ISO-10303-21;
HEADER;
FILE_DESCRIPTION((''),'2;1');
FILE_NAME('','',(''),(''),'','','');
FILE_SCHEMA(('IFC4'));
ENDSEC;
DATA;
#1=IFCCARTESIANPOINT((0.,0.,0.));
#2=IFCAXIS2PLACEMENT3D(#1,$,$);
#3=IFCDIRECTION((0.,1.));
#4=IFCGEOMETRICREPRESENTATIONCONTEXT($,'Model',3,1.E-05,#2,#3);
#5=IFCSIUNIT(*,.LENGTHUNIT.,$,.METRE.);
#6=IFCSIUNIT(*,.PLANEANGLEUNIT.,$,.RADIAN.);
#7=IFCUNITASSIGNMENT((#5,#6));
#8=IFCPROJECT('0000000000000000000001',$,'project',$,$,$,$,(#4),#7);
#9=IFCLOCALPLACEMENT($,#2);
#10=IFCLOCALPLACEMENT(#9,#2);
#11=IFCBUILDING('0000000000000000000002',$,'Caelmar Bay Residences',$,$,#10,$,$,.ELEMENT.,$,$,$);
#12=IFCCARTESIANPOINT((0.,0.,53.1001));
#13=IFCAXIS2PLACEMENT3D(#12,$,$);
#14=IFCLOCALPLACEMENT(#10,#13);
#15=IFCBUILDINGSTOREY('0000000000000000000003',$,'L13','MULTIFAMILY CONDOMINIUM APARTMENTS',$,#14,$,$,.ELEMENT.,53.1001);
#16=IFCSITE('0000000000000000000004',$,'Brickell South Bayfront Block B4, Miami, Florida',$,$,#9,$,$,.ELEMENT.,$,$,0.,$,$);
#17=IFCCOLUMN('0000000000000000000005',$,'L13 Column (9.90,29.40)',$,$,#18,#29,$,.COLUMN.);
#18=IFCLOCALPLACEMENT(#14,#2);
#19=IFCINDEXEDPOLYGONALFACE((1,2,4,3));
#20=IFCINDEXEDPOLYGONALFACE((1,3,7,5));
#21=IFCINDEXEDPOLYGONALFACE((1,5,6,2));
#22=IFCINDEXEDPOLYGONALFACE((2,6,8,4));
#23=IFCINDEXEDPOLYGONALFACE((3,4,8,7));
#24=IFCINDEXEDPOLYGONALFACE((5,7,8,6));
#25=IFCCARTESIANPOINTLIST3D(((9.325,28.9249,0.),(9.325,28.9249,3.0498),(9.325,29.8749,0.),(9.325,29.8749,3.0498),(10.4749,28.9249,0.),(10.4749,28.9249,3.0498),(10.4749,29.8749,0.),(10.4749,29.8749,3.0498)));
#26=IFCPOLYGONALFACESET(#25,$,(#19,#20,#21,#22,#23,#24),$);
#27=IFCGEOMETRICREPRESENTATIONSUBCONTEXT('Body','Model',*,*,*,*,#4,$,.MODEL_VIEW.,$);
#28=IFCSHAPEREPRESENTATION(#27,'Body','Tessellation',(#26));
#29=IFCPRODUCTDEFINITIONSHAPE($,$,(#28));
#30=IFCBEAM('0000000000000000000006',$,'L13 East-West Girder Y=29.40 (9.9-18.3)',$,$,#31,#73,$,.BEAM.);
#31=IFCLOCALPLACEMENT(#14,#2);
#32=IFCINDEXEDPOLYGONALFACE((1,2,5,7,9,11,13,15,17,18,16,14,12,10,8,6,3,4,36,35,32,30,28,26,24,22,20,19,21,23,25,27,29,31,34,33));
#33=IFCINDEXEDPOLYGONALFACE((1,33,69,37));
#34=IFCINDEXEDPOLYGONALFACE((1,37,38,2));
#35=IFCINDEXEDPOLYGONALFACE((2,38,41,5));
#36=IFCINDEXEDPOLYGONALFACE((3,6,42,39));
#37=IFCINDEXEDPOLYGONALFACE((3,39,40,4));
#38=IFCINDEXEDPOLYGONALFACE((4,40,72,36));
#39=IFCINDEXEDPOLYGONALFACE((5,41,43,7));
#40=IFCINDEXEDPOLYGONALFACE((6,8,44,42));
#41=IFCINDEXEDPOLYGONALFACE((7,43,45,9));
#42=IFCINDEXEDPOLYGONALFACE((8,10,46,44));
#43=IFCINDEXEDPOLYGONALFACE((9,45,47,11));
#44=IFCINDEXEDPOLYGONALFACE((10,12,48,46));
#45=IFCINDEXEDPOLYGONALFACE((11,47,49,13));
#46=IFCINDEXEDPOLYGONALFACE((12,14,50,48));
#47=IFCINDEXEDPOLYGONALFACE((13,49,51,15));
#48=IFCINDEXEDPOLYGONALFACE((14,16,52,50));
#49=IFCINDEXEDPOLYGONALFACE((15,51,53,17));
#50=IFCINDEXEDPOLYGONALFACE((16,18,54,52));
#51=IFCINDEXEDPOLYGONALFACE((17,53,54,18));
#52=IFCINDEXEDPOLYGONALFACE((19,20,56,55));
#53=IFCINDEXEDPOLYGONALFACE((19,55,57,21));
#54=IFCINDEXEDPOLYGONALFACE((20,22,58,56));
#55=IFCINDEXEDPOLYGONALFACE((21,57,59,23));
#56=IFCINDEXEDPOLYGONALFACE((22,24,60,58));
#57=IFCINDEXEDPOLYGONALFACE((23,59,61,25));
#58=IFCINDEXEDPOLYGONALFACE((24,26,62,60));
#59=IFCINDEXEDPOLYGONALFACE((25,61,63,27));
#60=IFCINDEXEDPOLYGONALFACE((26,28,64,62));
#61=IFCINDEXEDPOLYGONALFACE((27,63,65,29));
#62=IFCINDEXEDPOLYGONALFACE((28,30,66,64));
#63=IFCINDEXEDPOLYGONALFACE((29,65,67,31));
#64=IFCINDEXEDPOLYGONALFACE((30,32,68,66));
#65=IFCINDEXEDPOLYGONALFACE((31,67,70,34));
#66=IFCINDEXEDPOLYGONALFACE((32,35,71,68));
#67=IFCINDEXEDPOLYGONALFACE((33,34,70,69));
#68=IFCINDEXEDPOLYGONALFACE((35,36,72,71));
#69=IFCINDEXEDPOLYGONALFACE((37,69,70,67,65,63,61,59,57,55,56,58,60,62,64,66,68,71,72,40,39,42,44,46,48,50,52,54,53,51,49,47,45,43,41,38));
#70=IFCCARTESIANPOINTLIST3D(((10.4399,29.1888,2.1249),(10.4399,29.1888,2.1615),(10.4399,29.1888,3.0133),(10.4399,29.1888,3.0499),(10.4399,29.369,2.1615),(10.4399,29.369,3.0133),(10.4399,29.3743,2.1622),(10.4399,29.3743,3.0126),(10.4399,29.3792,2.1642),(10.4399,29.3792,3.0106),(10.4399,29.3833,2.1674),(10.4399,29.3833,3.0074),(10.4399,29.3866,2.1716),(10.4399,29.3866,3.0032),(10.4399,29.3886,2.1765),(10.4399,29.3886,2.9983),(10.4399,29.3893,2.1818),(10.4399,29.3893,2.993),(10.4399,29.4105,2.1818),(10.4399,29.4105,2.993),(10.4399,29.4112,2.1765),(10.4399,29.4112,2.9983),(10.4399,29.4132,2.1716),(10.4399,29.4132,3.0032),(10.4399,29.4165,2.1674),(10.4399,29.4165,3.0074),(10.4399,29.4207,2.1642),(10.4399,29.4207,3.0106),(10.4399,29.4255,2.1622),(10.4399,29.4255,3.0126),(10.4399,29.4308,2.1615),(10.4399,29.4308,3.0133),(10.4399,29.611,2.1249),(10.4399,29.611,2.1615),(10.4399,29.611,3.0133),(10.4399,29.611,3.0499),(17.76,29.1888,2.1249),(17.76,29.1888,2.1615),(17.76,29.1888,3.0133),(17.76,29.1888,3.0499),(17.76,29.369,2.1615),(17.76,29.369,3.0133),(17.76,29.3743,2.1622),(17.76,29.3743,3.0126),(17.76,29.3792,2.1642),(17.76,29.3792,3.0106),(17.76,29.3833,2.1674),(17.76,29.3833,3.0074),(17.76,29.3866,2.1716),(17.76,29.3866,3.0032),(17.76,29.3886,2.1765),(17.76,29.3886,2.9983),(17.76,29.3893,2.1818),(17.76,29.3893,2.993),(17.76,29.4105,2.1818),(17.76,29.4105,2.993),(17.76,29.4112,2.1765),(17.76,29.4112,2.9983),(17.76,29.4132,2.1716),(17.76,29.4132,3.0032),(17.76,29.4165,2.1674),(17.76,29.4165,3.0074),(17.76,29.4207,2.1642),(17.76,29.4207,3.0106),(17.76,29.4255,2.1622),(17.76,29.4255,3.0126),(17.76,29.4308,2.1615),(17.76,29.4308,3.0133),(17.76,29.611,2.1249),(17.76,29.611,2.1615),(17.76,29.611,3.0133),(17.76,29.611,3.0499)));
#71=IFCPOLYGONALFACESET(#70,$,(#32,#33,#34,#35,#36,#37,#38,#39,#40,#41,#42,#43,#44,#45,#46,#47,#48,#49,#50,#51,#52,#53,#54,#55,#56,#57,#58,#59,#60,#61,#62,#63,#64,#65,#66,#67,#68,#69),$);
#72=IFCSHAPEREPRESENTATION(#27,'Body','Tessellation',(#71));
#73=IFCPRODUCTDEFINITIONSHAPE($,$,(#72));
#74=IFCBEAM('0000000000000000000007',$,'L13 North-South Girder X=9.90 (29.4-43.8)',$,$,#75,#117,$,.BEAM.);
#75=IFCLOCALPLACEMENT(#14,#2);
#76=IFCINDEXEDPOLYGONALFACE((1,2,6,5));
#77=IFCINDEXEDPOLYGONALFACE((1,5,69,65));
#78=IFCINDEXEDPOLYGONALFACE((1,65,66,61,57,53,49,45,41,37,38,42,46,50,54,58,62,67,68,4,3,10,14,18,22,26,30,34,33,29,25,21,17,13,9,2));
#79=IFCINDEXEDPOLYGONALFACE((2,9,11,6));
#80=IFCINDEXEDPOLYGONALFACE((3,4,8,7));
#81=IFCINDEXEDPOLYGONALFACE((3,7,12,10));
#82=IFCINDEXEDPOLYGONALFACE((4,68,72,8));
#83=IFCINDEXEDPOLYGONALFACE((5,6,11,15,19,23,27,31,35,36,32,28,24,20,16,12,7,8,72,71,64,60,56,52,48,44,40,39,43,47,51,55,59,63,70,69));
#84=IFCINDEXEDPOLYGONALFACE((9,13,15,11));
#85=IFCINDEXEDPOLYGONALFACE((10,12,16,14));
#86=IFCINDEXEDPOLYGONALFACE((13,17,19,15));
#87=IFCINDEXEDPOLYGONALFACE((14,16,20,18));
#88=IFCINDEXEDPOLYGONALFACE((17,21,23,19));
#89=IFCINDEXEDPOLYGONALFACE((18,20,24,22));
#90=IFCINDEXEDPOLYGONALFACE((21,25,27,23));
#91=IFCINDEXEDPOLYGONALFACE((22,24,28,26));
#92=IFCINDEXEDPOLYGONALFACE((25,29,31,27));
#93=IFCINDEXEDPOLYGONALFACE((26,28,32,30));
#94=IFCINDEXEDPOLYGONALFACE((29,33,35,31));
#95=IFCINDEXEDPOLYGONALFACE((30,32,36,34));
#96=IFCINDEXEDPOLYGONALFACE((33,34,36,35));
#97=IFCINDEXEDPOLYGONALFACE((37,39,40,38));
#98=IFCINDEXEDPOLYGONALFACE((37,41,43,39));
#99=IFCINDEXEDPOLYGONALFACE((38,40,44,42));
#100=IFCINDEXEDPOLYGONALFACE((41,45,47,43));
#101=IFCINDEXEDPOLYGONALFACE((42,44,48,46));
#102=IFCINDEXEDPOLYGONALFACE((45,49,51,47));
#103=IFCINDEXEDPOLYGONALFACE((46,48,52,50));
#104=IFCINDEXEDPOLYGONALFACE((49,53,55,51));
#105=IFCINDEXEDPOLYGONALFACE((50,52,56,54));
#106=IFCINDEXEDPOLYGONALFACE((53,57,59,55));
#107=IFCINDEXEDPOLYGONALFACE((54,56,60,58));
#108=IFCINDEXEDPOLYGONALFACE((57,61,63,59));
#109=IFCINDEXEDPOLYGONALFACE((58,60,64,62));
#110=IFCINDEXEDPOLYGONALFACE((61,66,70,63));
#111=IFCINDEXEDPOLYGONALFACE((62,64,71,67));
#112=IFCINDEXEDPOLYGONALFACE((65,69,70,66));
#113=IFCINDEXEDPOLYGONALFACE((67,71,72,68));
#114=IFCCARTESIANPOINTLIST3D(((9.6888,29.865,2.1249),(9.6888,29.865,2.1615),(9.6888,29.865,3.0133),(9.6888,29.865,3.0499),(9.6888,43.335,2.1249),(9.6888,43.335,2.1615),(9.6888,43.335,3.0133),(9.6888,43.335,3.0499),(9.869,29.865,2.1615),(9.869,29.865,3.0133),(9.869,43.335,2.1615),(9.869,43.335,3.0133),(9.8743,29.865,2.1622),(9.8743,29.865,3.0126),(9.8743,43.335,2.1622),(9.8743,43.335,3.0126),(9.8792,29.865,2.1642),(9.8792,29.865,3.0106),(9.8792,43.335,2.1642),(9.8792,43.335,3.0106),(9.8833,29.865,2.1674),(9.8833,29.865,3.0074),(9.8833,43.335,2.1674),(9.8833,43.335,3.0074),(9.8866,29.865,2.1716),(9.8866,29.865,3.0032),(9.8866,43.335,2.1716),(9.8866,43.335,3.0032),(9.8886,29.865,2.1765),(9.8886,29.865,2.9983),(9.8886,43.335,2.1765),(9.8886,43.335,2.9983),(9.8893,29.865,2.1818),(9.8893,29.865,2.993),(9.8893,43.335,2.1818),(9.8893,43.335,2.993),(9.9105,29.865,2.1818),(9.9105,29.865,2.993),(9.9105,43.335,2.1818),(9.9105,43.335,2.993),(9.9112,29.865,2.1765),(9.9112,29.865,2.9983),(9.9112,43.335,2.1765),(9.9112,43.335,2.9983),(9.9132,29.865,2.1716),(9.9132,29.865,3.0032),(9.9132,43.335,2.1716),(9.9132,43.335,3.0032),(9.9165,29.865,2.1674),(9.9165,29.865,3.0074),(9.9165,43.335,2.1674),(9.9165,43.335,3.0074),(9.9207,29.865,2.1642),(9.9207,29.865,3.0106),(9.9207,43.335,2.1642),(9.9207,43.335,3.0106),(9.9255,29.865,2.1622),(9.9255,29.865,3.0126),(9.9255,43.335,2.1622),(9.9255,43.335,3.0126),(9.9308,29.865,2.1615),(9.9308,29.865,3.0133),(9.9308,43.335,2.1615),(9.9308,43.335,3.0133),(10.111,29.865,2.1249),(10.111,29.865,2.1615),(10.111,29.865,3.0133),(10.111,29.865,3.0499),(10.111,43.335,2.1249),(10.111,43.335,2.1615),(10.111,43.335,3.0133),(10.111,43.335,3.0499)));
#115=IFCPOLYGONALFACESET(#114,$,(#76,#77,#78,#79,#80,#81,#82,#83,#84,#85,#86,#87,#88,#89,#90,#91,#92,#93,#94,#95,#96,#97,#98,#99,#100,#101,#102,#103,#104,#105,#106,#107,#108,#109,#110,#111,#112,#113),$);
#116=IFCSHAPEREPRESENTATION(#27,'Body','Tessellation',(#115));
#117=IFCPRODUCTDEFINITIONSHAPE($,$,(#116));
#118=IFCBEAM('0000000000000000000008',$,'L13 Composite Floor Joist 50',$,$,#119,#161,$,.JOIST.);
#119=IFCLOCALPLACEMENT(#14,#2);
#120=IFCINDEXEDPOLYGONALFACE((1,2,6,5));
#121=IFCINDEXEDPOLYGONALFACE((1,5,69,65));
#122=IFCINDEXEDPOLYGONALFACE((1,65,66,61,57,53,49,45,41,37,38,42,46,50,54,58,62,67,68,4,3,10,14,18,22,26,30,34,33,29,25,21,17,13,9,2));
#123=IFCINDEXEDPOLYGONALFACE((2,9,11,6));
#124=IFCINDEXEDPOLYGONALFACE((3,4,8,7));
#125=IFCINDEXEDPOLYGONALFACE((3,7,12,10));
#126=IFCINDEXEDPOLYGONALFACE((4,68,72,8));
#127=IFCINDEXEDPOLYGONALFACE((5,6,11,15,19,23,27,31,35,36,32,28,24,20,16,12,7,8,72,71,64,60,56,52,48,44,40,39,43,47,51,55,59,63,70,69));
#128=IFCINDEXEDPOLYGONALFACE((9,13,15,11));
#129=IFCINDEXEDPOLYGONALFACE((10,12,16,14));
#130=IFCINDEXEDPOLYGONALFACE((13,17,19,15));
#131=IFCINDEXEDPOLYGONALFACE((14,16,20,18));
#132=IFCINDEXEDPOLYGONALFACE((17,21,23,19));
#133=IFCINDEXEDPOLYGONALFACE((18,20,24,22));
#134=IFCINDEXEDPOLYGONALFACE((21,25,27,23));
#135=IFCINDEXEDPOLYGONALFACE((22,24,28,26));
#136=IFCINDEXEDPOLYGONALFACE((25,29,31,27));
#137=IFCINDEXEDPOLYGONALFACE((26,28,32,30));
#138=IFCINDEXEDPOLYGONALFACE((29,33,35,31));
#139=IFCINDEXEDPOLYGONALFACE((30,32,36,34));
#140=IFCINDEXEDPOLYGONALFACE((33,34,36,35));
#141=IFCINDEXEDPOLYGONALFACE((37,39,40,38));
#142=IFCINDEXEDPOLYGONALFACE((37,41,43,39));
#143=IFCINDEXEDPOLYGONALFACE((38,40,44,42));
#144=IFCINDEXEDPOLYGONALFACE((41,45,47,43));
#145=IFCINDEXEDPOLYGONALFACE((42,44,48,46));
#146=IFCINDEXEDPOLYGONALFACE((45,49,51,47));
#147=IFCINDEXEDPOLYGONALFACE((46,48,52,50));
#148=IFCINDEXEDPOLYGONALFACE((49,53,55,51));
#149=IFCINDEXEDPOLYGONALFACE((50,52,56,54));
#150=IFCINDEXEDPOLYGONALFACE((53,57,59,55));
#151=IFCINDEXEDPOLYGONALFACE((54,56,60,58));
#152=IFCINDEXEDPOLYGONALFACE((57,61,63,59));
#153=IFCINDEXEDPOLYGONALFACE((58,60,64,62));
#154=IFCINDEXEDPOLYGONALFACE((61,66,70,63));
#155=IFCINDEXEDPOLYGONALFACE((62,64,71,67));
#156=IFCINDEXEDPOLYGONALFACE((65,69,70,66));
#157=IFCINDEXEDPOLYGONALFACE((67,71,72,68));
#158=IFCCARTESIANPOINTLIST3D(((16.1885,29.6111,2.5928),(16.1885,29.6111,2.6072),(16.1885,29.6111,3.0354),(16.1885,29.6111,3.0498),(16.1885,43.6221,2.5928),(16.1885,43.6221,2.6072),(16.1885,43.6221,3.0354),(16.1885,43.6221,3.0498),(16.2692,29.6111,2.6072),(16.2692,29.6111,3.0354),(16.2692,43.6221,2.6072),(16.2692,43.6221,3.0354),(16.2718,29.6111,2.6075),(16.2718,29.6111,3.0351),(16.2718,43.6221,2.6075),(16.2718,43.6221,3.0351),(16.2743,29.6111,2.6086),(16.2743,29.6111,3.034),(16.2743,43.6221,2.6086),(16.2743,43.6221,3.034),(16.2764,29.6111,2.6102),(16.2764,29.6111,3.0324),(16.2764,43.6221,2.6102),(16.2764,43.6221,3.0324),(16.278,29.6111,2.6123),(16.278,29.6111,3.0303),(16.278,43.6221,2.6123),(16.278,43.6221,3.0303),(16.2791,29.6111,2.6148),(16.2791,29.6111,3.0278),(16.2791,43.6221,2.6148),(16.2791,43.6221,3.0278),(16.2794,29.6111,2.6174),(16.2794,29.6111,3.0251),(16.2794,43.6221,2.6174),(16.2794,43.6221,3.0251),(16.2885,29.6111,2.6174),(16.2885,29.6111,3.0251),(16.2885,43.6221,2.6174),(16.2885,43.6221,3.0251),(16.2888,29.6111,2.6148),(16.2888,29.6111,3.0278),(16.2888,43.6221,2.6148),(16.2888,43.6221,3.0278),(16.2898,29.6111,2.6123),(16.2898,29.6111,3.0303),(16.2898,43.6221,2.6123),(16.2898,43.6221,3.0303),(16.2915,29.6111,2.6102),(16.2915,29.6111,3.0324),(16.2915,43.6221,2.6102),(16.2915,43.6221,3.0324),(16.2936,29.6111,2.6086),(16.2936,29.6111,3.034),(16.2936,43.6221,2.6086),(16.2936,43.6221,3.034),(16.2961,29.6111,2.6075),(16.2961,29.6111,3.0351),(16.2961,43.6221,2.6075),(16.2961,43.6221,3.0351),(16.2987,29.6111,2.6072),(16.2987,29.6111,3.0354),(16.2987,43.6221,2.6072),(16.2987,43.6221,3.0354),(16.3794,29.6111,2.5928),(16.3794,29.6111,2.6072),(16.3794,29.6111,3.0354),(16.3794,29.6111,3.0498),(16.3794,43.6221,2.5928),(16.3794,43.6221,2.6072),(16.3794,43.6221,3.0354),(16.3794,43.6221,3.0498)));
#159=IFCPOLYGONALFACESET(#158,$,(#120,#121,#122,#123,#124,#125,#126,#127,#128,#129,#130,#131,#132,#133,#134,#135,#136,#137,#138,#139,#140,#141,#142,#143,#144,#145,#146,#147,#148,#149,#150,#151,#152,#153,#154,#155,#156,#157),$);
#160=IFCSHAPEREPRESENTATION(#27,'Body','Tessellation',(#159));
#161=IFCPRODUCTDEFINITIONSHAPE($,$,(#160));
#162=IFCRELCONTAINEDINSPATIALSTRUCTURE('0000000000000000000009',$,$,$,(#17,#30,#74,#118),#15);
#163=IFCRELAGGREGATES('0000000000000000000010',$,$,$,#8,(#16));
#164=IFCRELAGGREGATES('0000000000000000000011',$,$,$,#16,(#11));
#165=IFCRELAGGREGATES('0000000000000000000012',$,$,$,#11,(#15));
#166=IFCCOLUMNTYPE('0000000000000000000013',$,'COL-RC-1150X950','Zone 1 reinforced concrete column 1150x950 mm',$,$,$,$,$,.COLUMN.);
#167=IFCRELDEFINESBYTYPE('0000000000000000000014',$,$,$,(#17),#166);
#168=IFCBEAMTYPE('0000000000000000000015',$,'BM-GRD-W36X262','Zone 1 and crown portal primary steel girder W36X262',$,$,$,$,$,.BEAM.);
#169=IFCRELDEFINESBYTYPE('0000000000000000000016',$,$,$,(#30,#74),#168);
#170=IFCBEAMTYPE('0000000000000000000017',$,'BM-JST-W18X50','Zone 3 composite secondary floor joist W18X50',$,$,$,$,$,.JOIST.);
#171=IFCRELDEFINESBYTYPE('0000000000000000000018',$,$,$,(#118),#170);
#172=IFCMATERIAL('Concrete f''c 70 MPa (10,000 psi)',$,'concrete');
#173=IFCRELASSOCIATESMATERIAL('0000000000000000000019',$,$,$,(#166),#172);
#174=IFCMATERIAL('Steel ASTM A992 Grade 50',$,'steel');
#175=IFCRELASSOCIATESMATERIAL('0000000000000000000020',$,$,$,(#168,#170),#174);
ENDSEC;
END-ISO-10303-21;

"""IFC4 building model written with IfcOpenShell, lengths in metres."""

from ifc_helpers import new_model, si_unit, direction, frame, origin, origin_2d, place, context, subcontext, project, spatial, rectangle, i_section, extrude, material, material_profile, profile_set, type_object, element, save


model = new_model("IFC4")

# Units and contexts
model_context = context("Model", 3, precision=1e-05, world=origin(), true_north=direction((0.0, 1.0)))
body_context = subcontext(model_context, "Body", "Model", "MODEL_VIEW")
ifc_project = project(units=[si_unit("LENGTHUNIT", "METRE"), si_unit("PLANEANGLEUNIT", "RADIAN")], contexts=[model_context])

# Site, building, storey
site_placement = place(None, origin())
site = spatial("IfcSite", under=ifc_project, at=site_placement, Name="Brickell South Bayfront Block B4, Miami, Florida", CompositionType="ELEMENT", RefElevation=0.0)
building_placement = place(site_placement, origin())
building = spatial("IfcBuilding", under=site, at=building_placement, Name="Caelmar Bay Residences", CompositionType="ELEMENT")
storey_placement = place(building_placement, frame((0.0, 0.0, 53.1001)))
storey = spatial("IfcBuildingStorey", under=building, at=storey_placement, Name="L13", Description="MULTIFAMILY CONDOMINIUM APARTMENTS", CompositionType="ELEMENT", Elevation=53.1001)

# Column
ifc_material_1 = material(Name="Concrete f'c 70 MPa (10,000 psi)", Category="concrete")
ifc_material_profile_1 = material_profile(ifc_material_1, rectangle(XDim=1.1499, YDim=0.95, at=origin_2d()), Name="RC-COL-1150X950")
ifc_profile_set_1 = profile_set([ifc_material_profile_1], Name="Concrete f'c 70 MPa (10,000 psi)")
column_type = type_object("IfcColumnType", Name="COL-RC-1150X950", Description="Zone 1 reinforced concrete column 1150x950 mm", PredefinedType="COLUMN", material=ifc_profile_set_1)
column_placement = place(storey_placement, frame((9.8999, 29.3999, 0.0), z_axis=(0.0, 0.0, 1.0), x_axis=(1.0, 0.0, 0.0)))
element("IfcColumn", 1, at=column_placement, inside=storey, type_object=column_type, Name="L13 Column (9.90,29.40)", PredefinedType="COLUMN", context=body_context, shape_type="SweptSolid", body=[
    extrude(rectangle(XDim=1.1499, YDim=0.95, at=origin_2d()), origin(), (0.0, 0.0, 1.0), 3.0498),
])

# Beams
ifc_material_2 = material(Name="Steel ASTM A992 Grade 50", Category="steel")
ifc_material_profile_2 = material_profile(ifc_material_2, i_section(OverallWidth=0.4221, OverallDepth=0.925, WebThickness=0.0212, FlangeThickness=0.0366, FilletRadius=0.0203, at=origin_2d()), Name="W36X262")
ifc_profile_set_2 = profile_set([ifc_material_profile_2], Name="Steel ASTM A992 Grade 50")
beam_type_1 = type_object("IfcBeamType", Name="BM-GRD-W36X262", Description="Zone 1 and crown portal primary steel girder W36X262", PredefinedType="BEAM", material=ifc_profile_set_2)
beam_1_placement = place(storey_placement, frame((10.4399, 29.3999, 2.5874), z_axis=(1.0, 0.0, 0.0), x_axis=(0.0, 1.0, 0.0)))
element("IfcBeam", 2, at=beam_1_placement, inside=storey, type_object=beam_type_1, Name="L13 East-West Girder Y=29.40 (9.9-18.3)", PredefinedType="BEAM", context=body_context, shape_type="SweptSolid", body=[
    extrude(i_section(OverallWidth=0.4221, OverallDepth=0.925, WebThickness=0.0212, FlangeThickness=0.0366, FilletRadius=0.0203, at=origin_2d()), origin(), (0.0, 0.0, 1.0), 7.3201),
])
beam_2_placement = place(storey_placement, frame((9.8999, 29.865, 2.5874), z_axis=(0.0, 1.0, 0.0), x_axis=(-1.0, 0.0, 0.0)))
element("IfcBeam", 3, at=beam_2_placement, inside=storey, type_object=beam_type_1, Name="L13 North-South Girder X=9.90 (29.4-43.8)", PredefinedType="BEAM", context=body_context, shape_type="SweptSolid", body=[
    extrude(i_section(OverallWidth=0.4221, OverallDepth=0.925, WebThickness=0.0212, FlangeThickness=0.0366, FilletRadius=0.0203, at=origin_2d()), origin(), (0.0, 0.0, 1.0), 13.47),
])
ifc_material_profile_3 = material_profile(ifc_material_2, i_section(OverallWidth=0.1909, OverallDepth=0.457, WebThickness=0.009, FlangeThickness=0.0144, FilletRadius=0.0103, at=origin_2d()), Name="W18X50")
ifc_profile_set_3 = profile_set([ifc_material_profile_3], Name="Steel ASTM A992 Grade 50")
beam_type_2 = type_object("IfcBeamType", Name="BM-JST-W18X50", Description="Zone 3 composite secondary floor joist W18X50", PredefinedType="JOIST", material=ifc_profile_set_3)
beam_3_placement = place(storey_placement, frame((16.2839, 29.6111, 2.8213), z_axis=(0.0, 1.0, 0.0), x_axis=(-1.0, 0.0, 0.0)))
element("IfcBeam", 4, at=beam_3_placement, inside=storey, type_object=beam_type_2, Name="L13 Composite Floor Joist 50", PredefinedType="JOIST", context=body_context, shape_type="SweptSolid", body=[
    extrude(i_section(OverallWidth=0.1909, OverallDepth=0.457, WebThickness=0.009, FlangeThickness=0.0144, FilletRadius=0.0103, at=origin_2d()), origin(), (0.0, 0.0, 1.0), 14.011),
])

save(model, "model.ifc")
